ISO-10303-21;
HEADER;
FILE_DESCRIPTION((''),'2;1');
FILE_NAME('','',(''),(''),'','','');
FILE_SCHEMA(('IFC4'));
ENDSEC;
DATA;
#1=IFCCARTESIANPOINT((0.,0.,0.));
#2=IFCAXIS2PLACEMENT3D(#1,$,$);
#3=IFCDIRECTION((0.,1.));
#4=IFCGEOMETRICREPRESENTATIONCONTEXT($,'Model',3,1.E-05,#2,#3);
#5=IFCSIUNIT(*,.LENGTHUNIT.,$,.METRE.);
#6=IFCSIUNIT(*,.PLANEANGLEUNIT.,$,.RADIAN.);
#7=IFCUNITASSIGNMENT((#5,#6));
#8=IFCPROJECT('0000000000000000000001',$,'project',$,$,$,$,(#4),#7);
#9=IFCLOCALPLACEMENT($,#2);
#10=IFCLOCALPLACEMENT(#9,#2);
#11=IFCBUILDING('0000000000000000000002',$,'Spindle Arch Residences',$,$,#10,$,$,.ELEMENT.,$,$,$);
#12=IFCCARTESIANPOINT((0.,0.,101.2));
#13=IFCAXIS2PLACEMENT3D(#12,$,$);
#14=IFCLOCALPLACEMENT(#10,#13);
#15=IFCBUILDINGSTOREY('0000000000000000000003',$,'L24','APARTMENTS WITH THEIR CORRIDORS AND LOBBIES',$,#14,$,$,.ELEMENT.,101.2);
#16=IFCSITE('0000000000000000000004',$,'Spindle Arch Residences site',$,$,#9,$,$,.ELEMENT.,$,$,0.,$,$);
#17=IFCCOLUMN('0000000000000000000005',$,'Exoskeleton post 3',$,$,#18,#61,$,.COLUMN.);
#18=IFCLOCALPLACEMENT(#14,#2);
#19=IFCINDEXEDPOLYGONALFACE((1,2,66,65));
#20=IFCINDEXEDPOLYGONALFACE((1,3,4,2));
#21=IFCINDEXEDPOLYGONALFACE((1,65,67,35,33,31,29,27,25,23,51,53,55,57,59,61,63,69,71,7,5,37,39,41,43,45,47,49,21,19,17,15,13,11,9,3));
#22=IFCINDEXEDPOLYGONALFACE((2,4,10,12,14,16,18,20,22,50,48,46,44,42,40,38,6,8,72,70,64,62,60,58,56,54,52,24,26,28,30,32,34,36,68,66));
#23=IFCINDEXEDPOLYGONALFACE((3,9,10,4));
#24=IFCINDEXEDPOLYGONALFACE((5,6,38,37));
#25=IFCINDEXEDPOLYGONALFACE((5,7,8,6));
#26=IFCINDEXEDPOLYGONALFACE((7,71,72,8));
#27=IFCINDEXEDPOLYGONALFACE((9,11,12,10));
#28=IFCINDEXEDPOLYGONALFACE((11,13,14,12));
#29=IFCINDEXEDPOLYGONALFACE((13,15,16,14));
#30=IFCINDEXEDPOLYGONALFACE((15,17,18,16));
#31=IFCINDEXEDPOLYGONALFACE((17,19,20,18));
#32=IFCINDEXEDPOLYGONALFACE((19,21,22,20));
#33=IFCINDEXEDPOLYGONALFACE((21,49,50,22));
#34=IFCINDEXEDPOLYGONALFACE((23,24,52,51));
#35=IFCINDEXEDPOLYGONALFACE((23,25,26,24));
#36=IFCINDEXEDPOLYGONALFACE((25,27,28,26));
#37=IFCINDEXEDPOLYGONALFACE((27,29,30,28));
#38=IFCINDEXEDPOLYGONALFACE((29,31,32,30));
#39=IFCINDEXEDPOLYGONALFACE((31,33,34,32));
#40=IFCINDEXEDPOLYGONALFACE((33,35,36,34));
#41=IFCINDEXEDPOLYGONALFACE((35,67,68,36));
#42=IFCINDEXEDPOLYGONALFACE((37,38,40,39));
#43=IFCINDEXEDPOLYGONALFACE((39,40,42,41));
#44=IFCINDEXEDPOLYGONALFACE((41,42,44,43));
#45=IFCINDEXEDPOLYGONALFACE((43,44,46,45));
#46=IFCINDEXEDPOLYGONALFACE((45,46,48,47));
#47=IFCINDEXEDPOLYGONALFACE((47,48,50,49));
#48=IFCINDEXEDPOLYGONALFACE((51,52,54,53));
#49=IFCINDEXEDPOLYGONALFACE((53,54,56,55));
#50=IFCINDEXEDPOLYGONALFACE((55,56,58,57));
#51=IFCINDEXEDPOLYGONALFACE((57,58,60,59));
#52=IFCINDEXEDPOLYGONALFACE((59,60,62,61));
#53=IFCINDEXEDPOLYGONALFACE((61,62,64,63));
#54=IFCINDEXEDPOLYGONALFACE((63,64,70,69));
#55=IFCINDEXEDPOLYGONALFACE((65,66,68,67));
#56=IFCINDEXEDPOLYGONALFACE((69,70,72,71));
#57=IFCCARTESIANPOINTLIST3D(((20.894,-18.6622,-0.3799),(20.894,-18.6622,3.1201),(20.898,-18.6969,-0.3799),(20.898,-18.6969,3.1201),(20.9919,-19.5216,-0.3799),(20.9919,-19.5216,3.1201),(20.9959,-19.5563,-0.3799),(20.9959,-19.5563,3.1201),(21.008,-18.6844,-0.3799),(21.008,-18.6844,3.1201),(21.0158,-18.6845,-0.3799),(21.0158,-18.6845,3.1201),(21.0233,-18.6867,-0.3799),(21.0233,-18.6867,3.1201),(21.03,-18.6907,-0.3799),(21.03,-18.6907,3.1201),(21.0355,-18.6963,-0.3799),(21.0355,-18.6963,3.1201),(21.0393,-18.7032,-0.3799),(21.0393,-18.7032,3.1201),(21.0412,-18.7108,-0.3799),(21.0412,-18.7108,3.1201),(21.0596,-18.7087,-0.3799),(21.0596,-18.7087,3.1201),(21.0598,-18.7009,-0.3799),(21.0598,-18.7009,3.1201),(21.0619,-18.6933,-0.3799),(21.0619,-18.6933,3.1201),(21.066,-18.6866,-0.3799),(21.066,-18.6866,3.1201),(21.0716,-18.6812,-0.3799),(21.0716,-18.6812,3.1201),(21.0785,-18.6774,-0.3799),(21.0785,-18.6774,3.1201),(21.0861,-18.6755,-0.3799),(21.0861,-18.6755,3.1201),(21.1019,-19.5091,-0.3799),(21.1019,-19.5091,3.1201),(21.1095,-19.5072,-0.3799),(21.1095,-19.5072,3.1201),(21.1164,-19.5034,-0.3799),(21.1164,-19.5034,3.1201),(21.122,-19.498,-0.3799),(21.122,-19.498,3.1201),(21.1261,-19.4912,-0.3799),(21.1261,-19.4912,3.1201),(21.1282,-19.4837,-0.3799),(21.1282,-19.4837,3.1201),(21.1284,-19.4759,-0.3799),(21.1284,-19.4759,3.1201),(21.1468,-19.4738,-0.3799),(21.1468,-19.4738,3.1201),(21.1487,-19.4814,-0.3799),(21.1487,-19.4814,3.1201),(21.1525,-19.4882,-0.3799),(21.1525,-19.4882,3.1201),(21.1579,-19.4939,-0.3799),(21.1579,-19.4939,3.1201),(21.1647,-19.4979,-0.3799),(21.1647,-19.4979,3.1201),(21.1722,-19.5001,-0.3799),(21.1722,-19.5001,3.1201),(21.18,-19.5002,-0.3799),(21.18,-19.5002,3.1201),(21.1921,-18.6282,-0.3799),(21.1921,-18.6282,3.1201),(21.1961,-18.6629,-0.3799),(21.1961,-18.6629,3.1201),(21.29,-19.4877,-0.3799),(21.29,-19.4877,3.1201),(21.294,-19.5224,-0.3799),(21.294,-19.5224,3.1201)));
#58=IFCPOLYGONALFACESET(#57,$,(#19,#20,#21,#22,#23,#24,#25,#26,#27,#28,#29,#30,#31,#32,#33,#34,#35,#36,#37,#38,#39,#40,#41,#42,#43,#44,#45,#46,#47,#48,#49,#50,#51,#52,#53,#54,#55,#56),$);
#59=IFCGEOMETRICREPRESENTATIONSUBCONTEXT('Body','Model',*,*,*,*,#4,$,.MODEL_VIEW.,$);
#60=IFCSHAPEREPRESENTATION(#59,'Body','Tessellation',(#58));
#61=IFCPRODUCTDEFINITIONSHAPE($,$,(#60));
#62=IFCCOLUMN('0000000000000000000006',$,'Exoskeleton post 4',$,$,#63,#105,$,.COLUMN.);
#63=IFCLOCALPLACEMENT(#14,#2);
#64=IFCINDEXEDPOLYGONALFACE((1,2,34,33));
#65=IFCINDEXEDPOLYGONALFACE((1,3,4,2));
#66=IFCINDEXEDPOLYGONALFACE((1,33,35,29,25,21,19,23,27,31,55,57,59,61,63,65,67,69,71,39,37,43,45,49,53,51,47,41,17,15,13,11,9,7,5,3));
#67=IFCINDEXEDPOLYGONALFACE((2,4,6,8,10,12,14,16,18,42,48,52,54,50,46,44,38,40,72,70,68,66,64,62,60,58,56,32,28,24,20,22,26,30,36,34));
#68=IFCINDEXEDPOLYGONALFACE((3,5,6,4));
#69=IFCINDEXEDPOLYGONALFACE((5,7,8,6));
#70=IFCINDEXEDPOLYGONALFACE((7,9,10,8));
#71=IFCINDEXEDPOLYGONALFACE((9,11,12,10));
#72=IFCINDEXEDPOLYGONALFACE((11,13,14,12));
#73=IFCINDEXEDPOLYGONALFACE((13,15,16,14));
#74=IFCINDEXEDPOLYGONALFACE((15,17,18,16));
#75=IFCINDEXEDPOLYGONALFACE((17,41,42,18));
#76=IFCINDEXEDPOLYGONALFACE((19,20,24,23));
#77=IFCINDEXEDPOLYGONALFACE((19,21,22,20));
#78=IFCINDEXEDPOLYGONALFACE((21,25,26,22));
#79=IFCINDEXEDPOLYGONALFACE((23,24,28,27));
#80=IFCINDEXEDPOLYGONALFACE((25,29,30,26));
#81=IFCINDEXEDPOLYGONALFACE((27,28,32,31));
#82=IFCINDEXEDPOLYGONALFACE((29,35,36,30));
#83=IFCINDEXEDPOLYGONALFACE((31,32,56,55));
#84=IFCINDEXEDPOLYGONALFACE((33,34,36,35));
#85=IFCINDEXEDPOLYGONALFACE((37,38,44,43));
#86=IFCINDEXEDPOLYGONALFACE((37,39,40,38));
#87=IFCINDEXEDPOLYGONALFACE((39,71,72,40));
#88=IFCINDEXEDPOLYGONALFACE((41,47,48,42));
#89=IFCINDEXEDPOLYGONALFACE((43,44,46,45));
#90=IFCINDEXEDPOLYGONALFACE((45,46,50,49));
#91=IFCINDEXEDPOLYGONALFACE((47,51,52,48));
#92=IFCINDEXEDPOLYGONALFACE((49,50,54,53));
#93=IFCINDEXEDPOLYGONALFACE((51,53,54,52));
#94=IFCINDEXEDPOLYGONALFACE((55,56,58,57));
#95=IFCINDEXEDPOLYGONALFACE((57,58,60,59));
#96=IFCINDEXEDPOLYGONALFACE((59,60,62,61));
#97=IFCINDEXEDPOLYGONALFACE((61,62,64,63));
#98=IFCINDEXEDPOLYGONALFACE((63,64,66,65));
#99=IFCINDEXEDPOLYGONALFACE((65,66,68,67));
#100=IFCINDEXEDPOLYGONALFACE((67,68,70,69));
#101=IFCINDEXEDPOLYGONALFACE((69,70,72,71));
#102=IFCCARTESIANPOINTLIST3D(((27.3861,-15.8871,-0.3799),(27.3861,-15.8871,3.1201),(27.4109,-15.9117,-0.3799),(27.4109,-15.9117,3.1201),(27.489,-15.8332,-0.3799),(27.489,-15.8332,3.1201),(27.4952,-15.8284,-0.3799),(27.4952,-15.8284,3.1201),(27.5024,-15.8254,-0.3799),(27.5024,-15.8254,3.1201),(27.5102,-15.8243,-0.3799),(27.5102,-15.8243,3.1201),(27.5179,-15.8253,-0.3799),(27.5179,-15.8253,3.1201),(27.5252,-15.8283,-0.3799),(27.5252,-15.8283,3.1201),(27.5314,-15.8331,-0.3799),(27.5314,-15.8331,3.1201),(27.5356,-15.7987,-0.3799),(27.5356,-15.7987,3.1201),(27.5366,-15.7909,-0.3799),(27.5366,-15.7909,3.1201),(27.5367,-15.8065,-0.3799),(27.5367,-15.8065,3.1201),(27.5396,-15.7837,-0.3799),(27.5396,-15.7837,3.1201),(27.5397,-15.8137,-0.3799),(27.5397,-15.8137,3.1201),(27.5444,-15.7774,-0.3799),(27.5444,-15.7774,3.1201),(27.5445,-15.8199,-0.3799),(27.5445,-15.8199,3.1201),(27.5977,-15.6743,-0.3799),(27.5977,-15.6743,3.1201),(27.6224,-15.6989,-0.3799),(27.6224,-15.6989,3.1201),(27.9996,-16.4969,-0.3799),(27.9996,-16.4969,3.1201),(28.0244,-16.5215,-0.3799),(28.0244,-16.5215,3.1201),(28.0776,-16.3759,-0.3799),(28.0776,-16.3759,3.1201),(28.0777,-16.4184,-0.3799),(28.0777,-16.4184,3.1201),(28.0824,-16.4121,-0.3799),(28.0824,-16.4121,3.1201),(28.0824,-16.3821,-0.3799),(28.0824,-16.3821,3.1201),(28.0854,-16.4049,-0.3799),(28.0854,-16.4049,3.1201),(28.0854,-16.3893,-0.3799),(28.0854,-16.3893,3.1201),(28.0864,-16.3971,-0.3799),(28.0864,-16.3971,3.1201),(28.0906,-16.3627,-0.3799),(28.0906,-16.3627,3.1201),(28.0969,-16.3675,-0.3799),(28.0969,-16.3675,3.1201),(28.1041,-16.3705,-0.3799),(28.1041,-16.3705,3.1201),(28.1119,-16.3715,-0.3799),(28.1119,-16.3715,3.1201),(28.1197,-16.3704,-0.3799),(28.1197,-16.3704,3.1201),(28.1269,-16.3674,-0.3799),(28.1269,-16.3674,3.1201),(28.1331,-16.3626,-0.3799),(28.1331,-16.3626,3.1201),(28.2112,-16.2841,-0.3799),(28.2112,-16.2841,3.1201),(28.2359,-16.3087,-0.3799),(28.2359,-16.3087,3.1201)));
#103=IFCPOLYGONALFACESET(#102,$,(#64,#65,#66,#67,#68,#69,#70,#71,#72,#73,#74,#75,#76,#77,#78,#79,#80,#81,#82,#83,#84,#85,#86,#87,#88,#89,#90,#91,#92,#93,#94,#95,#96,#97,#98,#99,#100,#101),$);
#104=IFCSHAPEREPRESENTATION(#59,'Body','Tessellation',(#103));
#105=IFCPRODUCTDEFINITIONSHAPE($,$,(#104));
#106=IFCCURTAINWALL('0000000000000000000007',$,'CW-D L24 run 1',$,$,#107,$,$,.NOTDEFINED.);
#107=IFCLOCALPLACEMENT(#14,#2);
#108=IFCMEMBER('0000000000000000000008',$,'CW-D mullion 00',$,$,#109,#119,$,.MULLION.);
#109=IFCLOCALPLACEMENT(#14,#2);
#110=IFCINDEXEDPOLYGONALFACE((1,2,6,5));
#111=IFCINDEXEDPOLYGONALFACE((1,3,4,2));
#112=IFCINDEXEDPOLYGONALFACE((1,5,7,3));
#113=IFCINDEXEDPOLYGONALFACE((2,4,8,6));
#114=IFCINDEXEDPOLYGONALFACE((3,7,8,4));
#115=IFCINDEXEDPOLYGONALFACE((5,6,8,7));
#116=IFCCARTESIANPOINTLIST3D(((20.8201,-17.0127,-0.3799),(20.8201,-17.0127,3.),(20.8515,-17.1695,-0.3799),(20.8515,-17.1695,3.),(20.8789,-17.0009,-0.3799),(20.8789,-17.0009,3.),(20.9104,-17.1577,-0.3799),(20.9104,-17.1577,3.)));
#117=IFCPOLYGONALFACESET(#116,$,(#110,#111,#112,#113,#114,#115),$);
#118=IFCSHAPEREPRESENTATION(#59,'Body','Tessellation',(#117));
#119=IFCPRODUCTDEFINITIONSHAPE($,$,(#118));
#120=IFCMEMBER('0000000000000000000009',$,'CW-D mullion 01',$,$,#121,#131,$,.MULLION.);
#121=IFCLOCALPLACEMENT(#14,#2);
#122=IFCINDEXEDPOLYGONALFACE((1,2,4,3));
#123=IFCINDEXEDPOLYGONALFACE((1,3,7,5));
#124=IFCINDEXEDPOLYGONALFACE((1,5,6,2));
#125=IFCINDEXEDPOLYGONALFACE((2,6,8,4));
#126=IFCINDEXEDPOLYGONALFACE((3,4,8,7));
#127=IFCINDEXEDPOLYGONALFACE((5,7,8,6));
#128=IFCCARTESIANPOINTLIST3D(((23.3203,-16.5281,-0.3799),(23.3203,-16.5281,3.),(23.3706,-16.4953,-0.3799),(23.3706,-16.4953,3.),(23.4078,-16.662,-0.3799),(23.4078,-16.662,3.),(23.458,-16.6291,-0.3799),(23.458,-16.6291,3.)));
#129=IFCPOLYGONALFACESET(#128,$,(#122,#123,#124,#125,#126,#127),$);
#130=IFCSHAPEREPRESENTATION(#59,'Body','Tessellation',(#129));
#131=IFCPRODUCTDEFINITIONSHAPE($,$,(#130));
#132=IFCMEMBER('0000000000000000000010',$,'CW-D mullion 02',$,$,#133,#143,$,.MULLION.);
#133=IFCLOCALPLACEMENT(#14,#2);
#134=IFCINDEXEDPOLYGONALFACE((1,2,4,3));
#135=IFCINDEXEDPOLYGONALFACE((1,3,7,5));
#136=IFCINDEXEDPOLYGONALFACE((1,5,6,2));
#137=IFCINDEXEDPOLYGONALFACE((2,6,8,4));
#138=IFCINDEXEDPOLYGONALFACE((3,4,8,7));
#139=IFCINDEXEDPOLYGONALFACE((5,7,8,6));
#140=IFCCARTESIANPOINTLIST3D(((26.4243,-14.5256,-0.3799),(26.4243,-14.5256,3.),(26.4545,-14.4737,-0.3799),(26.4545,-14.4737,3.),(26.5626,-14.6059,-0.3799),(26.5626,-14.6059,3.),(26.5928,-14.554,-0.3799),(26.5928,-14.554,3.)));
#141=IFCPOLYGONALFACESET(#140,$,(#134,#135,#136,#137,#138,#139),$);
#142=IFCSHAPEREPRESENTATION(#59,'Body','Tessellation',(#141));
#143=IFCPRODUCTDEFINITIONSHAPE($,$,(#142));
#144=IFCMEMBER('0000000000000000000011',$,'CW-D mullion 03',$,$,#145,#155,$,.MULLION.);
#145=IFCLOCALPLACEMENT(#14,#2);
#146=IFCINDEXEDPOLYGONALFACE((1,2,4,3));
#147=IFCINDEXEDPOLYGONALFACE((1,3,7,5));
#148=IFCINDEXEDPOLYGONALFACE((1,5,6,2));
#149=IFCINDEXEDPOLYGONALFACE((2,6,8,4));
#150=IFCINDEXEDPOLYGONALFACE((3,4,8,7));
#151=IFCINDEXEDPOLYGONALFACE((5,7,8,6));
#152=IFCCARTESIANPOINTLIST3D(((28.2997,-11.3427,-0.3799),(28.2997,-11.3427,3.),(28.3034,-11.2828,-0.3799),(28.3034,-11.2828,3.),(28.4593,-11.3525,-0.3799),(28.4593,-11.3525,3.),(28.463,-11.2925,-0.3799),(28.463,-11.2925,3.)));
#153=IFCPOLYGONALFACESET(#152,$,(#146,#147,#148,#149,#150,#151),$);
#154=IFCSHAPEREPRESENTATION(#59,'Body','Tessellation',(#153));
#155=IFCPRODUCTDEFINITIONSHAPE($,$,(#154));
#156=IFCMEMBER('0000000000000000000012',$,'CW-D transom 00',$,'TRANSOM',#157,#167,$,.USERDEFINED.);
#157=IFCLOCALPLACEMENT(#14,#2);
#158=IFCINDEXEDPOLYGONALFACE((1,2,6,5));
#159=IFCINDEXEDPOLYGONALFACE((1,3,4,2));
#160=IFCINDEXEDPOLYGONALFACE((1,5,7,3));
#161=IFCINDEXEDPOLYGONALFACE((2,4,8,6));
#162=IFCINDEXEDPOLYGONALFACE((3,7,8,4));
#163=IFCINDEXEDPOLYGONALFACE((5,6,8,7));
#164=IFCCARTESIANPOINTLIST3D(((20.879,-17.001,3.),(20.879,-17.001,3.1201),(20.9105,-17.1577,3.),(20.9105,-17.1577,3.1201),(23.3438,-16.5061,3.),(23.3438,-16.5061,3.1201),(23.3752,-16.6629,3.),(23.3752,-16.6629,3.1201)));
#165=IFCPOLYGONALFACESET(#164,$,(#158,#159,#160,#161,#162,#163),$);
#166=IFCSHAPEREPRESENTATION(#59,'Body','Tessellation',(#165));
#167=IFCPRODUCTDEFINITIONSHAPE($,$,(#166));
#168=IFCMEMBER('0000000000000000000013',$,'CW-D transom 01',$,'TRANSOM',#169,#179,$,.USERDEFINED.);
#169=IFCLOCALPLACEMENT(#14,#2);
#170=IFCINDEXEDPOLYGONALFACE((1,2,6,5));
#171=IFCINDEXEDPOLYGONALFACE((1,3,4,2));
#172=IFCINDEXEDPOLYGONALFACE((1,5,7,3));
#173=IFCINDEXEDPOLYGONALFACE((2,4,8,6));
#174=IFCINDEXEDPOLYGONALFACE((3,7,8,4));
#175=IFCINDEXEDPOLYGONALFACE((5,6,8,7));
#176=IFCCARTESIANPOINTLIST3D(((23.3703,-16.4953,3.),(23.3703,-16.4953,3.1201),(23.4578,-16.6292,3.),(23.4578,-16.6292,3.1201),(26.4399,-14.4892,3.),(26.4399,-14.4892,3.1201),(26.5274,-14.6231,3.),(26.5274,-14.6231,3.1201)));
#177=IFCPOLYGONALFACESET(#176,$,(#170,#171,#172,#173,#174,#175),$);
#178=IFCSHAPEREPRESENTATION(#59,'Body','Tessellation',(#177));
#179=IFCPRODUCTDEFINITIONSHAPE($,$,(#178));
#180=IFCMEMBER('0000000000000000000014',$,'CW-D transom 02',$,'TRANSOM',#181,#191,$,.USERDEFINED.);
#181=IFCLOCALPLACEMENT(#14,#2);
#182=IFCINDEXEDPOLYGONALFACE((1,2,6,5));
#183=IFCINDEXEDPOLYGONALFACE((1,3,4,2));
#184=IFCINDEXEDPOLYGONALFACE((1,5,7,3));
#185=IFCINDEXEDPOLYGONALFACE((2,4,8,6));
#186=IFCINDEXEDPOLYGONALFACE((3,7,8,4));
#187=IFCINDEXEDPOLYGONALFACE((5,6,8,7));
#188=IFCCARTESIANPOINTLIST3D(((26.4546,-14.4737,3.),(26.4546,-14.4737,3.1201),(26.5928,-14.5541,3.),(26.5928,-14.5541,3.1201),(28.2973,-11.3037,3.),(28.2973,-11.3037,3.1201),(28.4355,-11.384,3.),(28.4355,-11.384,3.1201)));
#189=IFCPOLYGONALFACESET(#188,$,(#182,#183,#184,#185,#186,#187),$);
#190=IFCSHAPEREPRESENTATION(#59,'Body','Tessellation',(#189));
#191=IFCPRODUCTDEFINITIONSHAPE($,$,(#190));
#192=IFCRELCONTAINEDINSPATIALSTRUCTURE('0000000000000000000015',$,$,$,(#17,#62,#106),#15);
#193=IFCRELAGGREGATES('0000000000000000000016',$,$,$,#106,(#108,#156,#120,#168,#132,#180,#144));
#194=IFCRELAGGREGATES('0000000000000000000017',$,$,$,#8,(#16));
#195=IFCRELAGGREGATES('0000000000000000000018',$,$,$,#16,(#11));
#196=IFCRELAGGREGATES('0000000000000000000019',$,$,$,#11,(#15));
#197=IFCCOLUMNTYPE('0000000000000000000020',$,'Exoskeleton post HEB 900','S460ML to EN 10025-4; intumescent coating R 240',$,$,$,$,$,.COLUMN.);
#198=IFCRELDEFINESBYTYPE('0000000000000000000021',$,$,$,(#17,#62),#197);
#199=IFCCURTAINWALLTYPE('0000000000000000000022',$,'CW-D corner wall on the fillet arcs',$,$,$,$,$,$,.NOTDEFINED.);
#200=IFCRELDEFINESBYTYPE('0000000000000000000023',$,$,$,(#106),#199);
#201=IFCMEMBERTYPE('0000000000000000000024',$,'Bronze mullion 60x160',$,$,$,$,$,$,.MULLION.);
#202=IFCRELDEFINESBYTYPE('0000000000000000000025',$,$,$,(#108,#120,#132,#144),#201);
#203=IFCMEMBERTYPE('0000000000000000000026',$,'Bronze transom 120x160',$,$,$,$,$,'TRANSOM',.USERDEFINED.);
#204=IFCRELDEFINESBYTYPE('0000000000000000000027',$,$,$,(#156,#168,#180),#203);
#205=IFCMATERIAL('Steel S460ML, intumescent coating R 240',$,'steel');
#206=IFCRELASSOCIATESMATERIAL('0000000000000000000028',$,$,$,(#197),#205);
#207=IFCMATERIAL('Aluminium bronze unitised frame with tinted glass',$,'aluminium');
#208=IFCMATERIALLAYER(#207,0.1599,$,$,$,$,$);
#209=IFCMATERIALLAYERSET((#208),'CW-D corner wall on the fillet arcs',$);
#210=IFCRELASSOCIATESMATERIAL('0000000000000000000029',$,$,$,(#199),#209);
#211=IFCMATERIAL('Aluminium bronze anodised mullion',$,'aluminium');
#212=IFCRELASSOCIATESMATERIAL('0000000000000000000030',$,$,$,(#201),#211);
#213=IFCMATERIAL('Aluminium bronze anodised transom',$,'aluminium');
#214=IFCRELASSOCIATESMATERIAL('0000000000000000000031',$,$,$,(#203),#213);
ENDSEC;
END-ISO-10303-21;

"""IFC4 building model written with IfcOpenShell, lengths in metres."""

from ifc_helpers import new_model, si_unit, direction, frame, origin, origin_2d, place, context, subcontext, project, spatial, rectangle, i_section, extrude, material, layer, layer_set, material_profile, profile_set, type_object, element, aggregate, save


model = new_model("IFC4")

# Units and contexts
model_context = context("Model", 3, precision=1e-05, world=origin(), true_north=direction((0.0, 1.0)))
body_context = subcontext(model_context, "Body", "Model", "MODEL_VIEW")
ifc_project = project(units=[si_unit("LENGTHUNIT", "METRE"), si_unit("PLANEANGLEUNIT", "RADIAN")], contexts=[model_context])

# Site, building, storey
site_placement = place(None, origin())
site = spatial("IfcSite", under=ifc_project, at=site_placement, Name="Spindle Arch Residences site", CompositionType="ELEMENT", RefElevation=0.0)
building_placement = place(site_placement, origin())
building = spatial("IfcBuilding", under=site, at=building_placement, Name="Spindle Arch Residences", CompositionType="ELEMENT")
storey_placement = place(building_placement, frame((0.0, 0.0, 101.2)))
storey = spatial("IfcBuildingStorey", under=building, at=storey_placement, Name="L24", Description="APARTMENTS WITH THEIR CORRIDORS AND LOBBIES", CompositionType="ELEMENT", Elevation=101.2)

# Columns
ifc_material_1 = material(Name="Steel S460ML, intumescent coating R 240", Category="steel")
ifc_material_profile_1 = material_profile(ifc_material_1, i_section(OverallWidth=0.3, OverallDepth=0.8999, WebThickness=0.0186, FlangeThickness=0.0349, FilletRadius=0.03, at=origin_2d()), Name="HEB 900")
ifc_profile_set_1 = profile_set([ifc_material_profile_1], Name="Steel S460ML, intumescent coating R 240")
column_type = type_object("IfcColumnType", Name="Exoskeleton post HEB 900", Description="S460ML to EN 10025-4; intumescent coating R 240", PredefinedType="COLUMN", material=ifc_profile_set_1)
for number, where, z_axis, x_axis, name in (
    (1, (21.094, -19.0923, -0.3799), (0.0, 0.0, 1.0), (-0.993572, -0.113203, 0.0), "Exoskeleton post 3"),
    (2, (27.811, -16.0979, -0.3799), (0.0, 0.0, 1.0), (-0.704963, -0.709244, 0.0), "Exoskeleton post 4"),
):
    element("IfcColumn", number, at=place(storey_placement, frame(where, z_axis=z_axis, x_axis=x_axis)), inside=storey, type_object=column_type, Name=name, PredefinedType="COLUMN", context=body_context, shape_type="SweptSolid", body=[
        extrude(i_section(OverallWidth=0.3, OverallDepth=0.8999, WebThickness=0.0186, FlangeThickness=0.0349, FilletRadius=0.03, at=origin_2d()), origin(), (0.0, 0.0, 1.0), 3.5),
    ])

# Curtain wall, members
ifc_material_2 = material(Name="Aluminium bronze unitised frame with tinted glass", Category="aluminium")
ifc_layer_1 = layer(ifc_material_2, 0.1599)
ifc_layer_set_1 = layer_set([ifc_layer_1], Name="CW-D corner wall on the fillet arcs")
curtain_wall_type = type_object("IfcCurtainWallType", Name="CW-D corner wall on the fillet arcs", PredefinedType="NOTDEFINED", material=ifc_layer_set_1)
curtain_wall_placement = place(storey_placement, origin())
curtain_wall = element("IfcCurtainWall", 3, at=curtain_wall_placement, inside=storey, type_object=curtain_wall_type, Name="CW-D L24 run 1", PredefinedType="NOTDEFINED")
ifc_material_3 = material(Name="Aluminium bronze anodised mullion", Category="aluminium")
ifc_material_profile_2 = material_profile(ifc_material_3, rectangle(XDim=0.1599, YDim=0.0601, at=origin_2d()), Name="MU 60x160")
ifc_profile_set_2 = profile_set([ifc_material_profile_2], Name="Aluminium bronze anodised mullion")
member_type_1 = type_object("IfcMemberType", Name="Bronze mullion 60x160", PredefinedType="MULLION", material=ifc_profile_set_2)
member_1_placement = place(storey_placement, frame((20.8652, -17.0852, -0.3799), z_axis=(0.0, 0.0, 1.0), x_axis=(-0.196863, 0.980431, 0.0)))
member_1 = element("IfcMember", 4, at=member_1_placement, type_object=member_type_1, Name="CW-D mullion 00", PredefinedType="MULLION", context=body_context, shape_type="SweptSolid", body=[
    extrude(rectangle(XDim=0.1599, YDim=0.0601, at=origin_2d()), origin(), (0.0, 0.0, 1.0), 3.3799),
])
member_2_placement = place(storey_placement, frame((23.3892, -16.5786, -0.3799), z_axis=(0.0, 0.0, 1.0), x_axis=(-0.547076, 0.837083, 0.0)))
member_2 = element("IfcMember", 5, at=member_2_placement, type_object=member_type_1, Name="CW-D mullion 01", PredefinedType="MULLION", context=body_context, shape_type="SweptSolid", body=[
    extrude(rectangle(XDim=0.1599, YDim=0.0601, at=origin_2d()), origin(), (0.0, 0.0, 1.0), 3.3799),
])
member_3_placement = place(storey_placement, frame((26.5085, -14.5398, -0.3799), z_axis=(0.0, 0.0, 1.0), x_axis=(-0.864567, 0.502517, 0.0)))
member_3 = element("IfcMember", 6, at=member_3_placement, type_object=member_type_1, Name="CW-D mullion 02", PredefinedType="MULLION", context=body_context, shape_type="SweptSolid", body=[
    extrude(rectangle(XDim=0.1599, YDim=0.0601, at=origin_2d()), origin(), (0.0, 0.0, 1.0), 3.3799),
])
member_4_placement = place(storey_placement, frame((28.3813, -11.3176, -0.3799), z_axis=(0.0, 0.0, 1.0), x_axis=(-0.998135, 0.061049, 0.0)))
member_4 = element("IfcMember", 7, at=member_4_placement, type_object=member_type_1, Name="CW-D mullion 03", PredefinedType="MULLION", context=body_context, shape_type="SweptSolid", body=[
    extrude(rectangle(XDim=0.1599, YDim=0.0601, at=origin_2d()), origin(), (0.0, 0.0, 1.0), 3.3799),
])
ifc_material_4 = material(Name="Aluminium bronze anodised transom", Category="aluminium")
ifc_material_profile_3 = material_profile(ifc_material_4, rectangle(XDim=0.1599, YDim=0.1201, at=origin_2d()), Name="TR 120x160")
ifc_profile_set_3 = profile_set([ifc_material_profile_3], Name="Aluminium bronze anodised transom")
member_type_2 = type_object("IfcMemberType", Name="Bronze transom 120x160", ElementType="TRANSOM", PredefinedType="USERDEFINED", material=ifc_profile_set_3)
member_5_placement = place(storey_placement, frame((20.8948, -17.0793, 3.0601), z_axis=(0.980435, 0.196844, 0.0), x_axis=(-0.196844, 0.980435, 0.0)))
member_5 = element("IfcMember", 8, at=member_5_placement, type_object=member_type_2, Name="CW-D transom 00", ObjectType="TRANSOM", PredefinedType="USERDEFINED", context=body_context, shape_type="SweptSolid", body=[
    extrude(rectangle(XDim=0.1599, YDim=0.1201, at=origin_2d()), origin(), (0.0, 0.0, 1.0), 2.5139),
])
member_6_placement = place(storey_placement, frame((23.4141, -16.5623, 3.0601), z_axis=(0.837086, 0.547072, 0.0), x_axis=(-0.547072, 0.837086, 0.0)))
member_6 = element("IfcMember", 9, at=member_6_placement, type_object=member_type_2, Name="CW-D transom 01", ObjectType="TRANSOM", PredefinedType="USERDEFINED", context=body_context, shape_type="SweptSolid", body=[
    extrude(rectangle(XDim=0.1599, YDim=0.1201, at=origin_2d()), origin(), (0.0, 0.0, 1.0), 3.667),
])
member_7_placement = place(storey_placement, frame((26.5237, -14.5139, 3.0601), z_axis=(0.50255, 0.864548, 0.0), x_axis=(-0.864548, 0.50255, 0.0)))
member_7 = element("IfcMember", 10, at=member_7_placement, type_object=member_type_2, Name="CW-D transom 02", ObjectType="TRANSOM", PredefinedType="USERDEFINED", context=body_context, shape_type="SweptSolid", body=[
    extrude(rectangle(XDim=0.1599, YDim=0.1201, at=origin_2d()), origin(), (0.0, 0.0, 1.0), 3.6667),
])

aggregate(curtain_wall, [member_1, member_5, member_2, member_6, member_3, member_7, member_4])

save(model, "model.ifc")
